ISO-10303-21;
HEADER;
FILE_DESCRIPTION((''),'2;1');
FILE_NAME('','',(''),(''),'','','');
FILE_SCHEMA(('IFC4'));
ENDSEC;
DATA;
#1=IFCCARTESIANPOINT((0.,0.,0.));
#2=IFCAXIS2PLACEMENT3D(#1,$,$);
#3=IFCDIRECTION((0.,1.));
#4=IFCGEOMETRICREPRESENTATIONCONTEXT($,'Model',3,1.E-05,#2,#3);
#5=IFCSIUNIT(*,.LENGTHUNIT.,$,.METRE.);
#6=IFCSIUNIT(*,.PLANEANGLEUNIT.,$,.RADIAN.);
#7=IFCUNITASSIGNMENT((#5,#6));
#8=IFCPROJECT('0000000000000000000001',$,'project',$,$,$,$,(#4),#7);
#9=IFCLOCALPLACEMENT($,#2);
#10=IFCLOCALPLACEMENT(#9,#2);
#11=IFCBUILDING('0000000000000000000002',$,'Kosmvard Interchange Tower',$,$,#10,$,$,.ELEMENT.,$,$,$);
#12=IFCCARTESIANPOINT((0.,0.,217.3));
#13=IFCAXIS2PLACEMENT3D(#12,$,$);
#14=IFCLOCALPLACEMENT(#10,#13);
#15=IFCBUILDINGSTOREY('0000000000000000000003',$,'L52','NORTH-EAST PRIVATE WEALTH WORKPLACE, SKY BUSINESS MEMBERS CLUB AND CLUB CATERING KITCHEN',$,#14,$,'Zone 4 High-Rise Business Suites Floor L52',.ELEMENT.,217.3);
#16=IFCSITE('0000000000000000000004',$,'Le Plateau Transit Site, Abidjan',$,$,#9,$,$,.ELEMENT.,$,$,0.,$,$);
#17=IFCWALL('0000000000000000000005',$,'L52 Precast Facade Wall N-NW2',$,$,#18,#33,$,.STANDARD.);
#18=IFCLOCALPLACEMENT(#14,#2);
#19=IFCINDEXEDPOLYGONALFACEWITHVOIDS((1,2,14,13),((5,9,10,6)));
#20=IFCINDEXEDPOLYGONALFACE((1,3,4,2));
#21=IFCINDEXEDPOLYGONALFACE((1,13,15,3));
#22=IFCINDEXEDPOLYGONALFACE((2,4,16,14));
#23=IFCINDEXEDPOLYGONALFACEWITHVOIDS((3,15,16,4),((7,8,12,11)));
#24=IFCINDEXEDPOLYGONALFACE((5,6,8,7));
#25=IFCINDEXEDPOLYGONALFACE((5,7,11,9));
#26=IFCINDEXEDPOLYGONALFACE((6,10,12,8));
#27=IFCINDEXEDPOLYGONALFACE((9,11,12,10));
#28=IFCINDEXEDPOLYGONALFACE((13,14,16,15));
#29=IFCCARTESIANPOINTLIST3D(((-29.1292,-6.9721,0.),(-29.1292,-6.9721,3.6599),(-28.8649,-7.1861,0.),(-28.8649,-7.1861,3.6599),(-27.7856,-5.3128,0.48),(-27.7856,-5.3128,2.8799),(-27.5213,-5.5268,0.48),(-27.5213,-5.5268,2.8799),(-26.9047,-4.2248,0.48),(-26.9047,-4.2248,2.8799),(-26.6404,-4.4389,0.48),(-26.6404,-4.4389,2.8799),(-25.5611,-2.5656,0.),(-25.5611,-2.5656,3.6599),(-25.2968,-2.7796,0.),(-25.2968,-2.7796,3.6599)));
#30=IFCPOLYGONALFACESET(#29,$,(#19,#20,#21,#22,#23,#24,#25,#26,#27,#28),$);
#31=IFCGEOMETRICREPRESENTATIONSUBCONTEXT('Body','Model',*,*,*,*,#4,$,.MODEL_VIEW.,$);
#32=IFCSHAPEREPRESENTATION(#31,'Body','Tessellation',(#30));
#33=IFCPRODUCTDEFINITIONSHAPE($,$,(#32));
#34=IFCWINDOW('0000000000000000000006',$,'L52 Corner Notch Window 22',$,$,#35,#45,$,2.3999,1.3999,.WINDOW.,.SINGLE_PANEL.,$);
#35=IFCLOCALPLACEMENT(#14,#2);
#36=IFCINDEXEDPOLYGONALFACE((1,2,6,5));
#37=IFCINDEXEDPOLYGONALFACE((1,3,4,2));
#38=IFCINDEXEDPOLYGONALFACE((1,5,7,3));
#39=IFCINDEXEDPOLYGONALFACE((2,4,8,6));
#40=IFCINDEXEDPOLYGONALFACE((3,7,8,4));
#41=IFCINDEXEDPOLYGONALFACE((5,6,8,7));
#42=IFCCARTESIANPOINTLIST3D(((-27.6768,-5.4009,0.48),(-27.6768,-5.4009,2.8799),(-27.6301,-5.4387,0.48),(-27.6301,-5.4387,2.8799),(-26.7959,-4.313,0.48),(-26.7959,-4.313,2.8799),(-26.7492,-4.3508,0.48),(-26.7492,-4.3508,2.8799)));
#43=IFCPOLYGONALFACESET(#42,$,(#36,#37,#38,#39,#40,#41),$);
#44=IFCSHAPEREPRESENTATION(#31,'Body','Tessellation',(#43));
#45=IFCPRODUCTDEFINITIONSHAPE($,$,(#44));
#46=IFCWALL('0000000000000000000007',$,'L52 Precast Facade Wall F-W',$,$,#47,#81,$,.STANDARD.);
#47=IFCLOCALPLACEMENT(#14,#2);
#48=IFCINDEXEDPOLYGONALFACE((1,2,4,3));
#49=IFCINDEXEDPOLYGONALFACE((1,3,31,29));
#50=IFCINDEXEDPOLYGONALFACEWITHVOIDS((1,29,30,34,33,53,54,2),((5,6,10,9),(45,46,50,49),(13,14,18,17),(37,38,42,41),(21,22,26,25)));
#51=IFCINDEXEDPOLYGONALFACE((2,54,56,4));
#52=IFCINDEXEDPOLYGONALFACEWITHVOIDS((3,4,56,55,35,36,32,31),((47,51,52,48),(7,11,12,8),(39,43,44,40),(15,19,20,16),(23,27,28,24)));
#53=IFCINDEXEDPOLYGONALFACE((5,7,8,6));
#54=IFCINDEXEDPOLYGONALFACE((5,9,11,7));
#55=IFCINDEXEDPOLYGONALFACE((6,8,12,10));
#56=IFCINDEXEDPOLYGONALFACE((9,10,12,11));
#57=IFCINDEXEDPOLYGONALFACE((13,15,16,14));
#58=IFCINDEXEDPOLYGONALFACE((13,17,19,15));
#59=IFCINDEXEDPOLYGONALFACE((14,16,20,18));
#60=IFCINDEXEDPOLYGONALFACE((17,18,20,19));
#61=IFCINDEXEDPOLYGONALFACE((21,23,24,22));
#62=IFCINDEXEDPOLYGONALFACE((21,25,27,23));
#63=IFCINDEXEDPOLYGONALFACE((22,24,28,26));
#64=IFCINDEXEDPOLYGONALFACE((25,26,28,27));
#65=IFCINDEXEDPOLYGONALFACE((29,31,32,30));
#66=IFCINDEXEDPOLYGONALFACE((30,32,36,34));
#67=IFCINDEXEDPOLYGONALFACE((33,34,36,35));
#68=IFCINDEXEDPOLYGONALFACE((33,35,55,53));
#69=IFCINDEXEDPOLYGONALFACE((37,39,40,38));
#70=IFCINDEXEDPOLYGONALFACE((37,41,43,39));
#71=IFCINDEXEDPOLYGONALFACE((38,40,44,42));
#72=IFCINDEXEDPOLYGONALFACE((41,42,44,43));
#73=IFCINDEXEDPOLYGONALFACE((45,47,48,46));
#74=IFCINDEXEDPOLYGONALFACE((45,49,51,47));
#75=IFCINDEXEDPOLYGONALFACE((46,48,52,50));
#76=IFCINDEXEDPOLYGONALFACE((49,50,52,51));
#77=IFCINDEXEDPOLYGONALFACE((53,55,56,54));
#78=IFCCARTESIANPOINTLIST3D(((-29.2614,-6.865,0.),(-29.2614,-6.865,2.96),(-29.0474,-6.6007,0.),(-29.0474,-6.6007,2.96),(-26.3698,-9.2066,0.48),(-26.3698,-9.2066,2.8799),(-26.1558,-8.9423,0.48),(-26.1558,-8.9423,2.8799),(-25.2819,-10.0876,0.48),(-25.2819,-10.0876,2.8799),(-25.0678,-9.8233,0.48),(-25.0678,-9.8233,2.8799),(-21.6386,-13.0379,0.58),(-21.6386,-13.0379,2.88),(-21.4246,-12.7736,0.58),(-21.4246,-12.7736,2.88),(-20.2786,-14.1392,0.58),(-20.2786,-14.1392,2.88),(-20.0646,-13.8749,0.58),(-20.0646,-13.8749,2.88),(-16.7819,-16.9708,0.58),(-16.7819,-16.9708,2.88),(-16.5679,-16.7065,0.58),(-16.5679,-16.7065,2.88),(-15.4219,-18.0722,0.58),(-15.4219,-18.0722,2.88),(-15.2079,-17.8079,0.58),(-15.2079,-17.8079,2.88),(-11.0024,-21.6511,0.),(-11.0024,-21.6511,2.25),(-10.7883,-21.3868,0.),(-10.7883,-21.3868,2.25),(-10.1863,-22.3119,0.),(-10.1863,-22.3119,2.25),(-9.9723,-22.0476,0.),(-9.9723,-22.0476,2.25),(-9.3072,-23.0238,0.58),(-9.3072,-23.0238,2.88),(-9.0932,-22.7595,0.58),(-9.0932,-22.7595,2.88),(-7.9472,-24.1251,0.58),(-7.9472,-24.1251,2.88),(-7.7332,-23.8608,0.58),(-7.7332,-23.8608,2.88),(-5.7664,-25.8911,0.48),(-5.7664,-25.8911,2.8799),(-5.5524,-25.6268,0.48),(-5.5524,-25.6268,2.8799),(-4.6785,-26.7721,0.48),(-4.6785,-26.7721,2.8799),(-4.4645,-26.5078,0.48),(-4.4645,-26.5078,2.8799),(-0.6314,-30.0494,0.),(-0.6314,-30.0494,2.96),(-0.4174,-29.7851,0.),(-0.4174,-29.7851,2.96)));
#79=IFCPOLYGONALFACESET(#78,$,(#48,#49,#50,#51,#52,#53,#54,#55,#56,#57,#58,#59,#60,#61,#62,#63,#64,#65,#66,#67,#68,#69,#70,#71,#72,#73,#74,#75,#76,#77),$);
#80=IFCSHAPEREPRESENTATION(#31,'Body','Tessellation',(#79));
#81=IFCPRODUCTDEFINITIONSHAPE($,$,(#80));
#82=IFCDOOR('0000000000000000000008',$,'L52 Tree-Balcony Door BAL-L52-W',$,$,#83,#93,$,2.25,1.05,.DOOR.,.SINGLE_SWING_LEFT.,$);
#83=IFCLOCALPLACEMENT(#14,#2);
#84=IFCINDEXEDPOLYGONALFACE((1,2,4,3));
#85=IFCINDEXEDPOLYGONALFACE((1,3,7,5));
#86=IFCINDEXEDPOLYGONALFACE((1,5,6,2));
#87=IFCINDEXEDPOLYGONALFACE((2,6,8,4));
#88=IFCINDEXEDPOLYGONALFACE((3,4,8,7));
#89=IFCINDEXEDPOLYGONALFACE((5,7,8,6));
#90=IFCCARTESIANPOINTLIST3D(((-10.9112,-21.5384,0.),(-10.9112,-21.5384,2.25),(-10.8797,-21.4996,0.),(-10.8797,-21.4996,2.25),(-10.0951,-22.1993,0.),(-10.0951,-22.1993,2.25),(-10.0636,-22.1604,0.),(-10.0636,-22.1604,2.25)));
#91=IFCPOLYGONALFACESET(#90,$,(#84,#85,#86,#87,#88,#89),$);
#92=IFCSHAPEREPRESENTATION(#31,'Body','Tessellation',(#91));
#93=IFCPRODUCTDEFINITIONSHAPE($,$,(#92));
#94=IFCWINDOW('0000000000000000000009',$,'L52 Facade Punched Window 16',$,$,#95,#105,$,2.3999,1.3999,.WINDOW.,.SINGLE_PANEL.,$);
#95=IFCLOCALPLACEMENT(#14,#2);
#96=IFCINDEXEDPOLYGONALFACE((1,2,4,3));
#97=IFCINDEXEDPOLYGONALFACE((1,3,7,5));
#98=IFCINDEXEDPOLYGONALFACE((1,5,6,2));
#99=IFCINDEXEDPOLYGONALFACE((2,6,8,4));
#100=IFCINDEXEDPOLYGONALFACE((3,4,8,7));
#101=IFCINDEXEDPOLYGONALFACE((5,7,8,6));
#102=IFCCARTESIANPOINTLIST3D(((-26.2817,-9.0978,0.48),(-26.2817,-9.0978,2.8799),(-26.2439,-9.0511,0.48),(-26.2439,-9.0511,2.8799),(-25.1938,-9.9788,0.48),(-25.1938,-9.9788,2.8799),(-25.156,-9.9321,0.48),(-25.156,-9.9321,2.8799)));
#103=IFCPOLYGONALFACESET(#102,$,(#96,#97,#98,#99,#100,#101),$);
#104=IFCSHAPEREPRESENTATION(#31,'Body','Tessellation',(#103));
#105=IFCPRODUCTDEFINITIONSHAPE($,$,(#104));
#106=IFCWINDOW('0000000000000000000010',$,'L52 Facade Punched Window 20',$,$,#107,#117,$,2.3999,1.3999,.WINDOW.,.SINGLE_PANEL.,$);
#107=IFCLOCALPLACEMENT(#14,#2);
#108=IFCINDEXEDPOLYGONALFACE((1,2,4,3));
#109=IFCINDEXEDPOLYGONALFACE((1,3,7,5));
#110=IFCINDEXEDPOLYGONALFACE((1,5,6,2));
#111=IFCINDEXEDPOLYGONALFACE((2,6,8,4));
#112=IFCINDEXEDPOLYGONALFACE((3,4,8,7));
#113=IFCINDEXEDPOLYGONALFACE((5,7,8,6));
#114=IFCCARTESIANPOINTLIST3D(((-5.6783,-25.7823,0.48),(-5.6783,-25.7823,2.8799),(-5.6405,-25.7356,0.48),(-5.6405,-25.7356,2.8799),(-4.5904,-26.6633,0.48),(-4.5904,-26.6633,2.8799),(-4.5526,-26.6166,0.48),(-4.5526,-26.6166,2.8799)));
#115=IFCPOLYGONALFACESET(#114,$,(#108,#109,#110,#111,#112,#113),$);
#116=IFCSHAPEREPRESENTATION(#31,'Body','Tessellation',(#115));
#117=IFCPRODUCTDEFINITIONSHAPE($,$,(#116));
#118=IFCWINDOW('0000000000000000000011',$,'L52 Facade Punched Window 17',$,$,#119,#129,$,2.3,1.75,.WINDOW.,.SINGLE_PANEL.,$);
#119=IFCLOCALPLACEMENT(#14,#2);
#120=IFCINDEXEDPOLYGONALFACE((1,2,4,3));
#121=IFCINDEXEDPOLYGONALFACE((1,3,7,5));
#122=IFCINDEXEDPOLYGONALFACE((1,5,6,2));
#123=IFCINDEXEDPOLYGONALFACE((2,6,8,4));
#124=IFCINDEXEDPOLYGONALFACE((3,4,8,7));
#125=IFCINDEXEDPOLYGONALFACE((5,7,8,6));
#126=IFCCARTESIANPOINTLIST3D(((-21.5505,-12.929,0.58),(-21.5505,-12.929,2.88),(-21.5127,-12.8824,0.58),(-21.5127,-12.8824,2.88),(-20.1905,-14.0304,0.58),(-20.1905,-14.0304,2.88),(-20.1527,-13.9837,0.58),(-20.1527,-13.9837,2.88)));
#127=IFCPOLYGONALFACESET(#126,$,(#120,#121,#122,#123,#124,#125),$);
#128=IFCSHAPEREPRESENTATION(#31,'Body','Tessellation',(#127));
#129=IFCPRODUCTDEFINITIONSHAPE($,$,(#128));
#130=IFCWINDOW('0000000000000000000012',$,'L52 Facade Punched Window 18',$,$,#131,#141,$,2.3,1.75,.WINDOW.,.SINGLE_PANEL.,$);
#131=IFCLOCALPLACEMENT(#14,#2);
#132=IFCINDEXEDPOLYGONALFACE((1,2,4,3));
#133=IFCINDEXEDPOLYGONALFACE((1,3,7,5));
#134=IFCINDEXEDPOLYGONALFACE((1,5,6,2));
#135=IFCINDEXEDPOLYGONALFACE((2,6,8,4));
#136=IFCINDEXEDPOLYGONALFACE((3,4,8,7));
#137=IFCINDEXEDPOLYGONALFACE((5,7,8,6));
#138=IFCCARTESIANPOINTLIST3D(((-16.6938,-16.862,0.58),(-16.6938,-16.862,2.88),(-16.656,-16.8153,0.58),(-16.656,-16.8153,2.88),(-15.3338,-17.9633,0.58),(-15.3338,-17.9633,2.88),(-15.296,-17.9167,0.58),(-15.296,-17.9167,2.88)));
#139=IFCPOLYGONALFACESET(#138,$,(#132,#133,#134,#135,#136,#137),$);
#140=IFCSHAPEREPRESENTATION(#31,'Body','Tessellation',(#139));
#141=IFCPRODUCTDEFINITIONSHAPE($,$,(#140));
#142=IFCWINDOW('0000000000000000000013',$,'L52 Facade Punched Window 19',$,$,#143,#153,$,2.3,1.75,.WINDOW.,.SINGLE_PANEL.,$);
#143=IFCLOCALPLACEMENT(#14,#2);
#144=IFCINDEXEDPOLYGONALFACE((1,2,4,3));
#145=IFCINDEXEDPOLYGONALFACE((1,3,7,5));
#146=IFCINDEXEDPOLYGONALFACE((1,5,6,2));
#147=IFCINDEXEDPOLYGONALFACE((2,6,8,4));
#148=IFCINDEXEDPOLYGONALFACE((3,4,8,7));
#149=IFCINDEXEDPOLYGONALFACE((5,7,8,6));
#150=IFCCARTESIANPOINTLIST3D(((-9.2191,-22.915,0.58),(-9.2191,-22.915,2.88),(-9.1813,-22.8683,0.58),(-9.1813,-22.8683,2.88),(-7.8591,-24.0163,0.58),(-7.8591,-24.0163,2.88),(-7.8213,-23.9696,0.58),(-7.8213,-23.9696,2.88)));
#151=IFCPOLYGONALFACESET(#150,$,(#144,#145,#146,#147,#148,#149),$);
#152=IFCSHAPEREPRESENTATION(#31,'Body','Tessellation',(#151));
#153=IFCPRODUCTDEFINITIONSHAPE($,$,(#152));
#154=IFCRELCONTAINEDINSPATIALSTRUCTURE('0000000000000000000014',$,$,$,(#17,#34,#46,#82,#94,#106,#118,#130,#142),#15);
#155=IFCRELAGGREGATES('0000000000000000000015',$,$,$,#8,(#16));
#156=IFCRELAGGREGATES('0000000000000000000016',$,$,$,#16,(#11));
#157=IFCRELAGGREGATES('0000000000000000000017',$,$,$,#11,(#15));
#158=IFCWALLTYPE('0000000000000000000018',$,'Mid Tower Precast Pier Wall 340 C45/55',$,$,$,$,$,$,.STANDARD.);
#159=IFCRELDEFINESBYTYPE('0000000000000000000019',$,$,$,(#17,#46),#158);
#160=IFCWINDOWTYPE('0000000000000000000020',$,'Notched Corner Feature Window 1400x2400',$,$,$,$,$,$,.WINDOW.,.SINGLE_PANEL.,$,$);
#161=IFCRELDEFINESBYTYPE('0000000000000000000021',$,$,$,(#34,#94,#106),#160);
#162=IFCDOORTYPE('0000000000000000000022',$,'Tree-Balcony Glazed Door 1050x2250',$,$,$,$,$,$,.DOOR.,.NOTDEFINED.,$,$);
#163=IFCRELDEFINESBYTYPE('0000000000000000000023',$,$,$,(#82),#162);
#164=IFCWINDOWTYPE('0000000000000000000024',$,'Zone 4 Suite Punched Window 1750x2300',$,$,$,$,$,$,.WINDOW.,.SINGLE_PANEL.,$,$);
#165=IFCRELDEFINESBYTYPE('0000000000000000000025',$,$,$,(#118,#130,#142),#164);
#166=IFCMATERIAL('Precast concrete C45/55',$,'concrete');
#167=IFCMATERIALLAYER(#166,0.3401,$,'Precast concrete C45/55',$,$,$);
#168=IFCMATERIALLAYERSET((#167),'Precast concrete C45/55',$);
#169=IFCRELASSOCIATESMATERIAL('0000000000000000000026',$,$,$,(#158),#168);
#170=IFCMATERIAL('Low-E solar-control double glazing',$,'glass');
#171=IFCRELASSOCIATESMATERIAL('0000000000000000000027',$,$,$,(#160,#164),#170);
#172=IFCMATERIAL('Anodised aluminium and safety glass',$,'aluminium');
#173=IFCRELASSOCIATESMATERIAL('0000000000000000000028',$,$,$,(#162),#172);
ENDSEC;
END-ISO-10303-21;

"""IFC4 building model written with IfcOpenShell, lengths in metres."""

from ifc_helpers import new_model, si_unit, direction, frame, frame_2d, origin, place, context, subcontext, project, spatial, rectangle, extrude, source, transform, mapped, material, layer, layer_set, type_object, element, fill, save


model = new_model("IFC4")

# Units and contexts
model_context = context("Model", 3, precision=1e-05, world=origin(), true_north=direction((0.0, 1.0)))
body_context = subcontext(model_context, "Body", "Model", "MODEL_VIEW")
ifc_project = project(units=[si_unit("LENGTHUNIT", "METRE"), si_unit("PLANEANGLEUNIT", "RADIAN")], contexts=[model_context])

# Site, building, storey
site_placement = place(None, origin())
site = spatial("IfcSite", under=ifc_project, at=site_placement, Name="Le Plateau Transit Site, Abidjan", CompositionType="ELEMENT", RefElevation=0.0)
building_placement = place(site_placement, origin())
building = spatial("IfcBuilding", under=site, at=building_placement, Name="Kosmvard Interchange Tower", CompositionType="ELEMENT")
storey_placement = place(building_placement, frame((0.0, 0.0, 217.3)))
storey = spatial("IfcBuildingStorey", under=building, at=storey_placement, Name="L52", Description="NORTH-EAST PRIVATE WEALTH WORKPLACE, SKY BUSINESS MEMBERS CLUB AND CLUB CATERING KITCHEN", LongName="Zone 4 High-Rise Business Suites Floor L52", CompositionType="ELEMENT", Elevation=217.3)

# Wall, opening, window
ifc_material_1 = material(Name="Precast concrete C45/55", Category="concrete")
ifc_layer_1 = layer(ifc_material_1, 0.3401, Name="Precast concrete C45/55")
ifc_layer_set_1 = layer_set([ifc_layer_1], Name="Precast concrete C45/55")
wall_type_1 = type_object("IfcWallType", Name="Mid Tower Precast Pier Wall 340 C45/55", PredefinedType="STANDARD", material=ifc_layer_set_1)
wall_1_placement = place(storey_placement, frame((-25.429, -2.6726, 0.0), z_axis=(0.0, 0.0, 1.0), x_axis=(-0.6293, -0.777163, 0.0)))
wall_1 = element("IfcWall", 1, at=wall_1_placement, inside=storey, type_object=wall_type_1, Name="L52 Precast Facade Wall N-NW2", PredefinedType="STANDARD", context=body_context, shape_type="SweptSolid", body=[
    extrude(rectangle(XDim=5.6699, YDim=0.3401, at=frame_2d((2.835, 0.0))), origin(), (0.0, 0.0, 1.0), 3.6599),
])
opening_1_placement = place(wall_1_placement, frame((2.135, 0.0, 0.48)))
opening_1 = element("IfcOpeningElement", 2, at=opening_1_placement, cuts=wall_1, PredefinedType="OPENING", context=body_context, shape_type="SweptSolid", body=[
    extrude(rectangle(XDim=1.3999, YDim=2.3999, at=frame_2d((0.7, 1.2))), frame((0.0, 0.1802, 0.0), z_axis=(0.0, -1.0, 0.0), x_axis=(1.0, 0.0, 0.0)), (0.0, 0.0, 1.0), 0.3601),
])
ifc_material_2 = material(Name="Low-E solar-control double glazing", Category="glass")
window_type_1 = type_object("IfcWindowType", Name="Notched Corner Feature Window 1400x2400", PartitioningType="SINGLE_PANEL", PredefinedType="WINDOW", material=ifc_material_2)
shared_shape_1 = source(origin(), body_context, "Body", "SweptSolid", [
    extrude(rectangle(XDim=1.3999, YDim=2.3999, at=frame_2d((0.7, 1.2))), frame((0.0, 0.03, 0.0), z_axis=(0.0, -1.0, 0.0), x_axis=(1.0, 0.0, 0.0)), (0.0, 0.0, 1.0), 0.0601),
])
window_1_placement = place(opening_1_placement, origin())
window_1 = element("IfcWindow", 3, at=window_1_placement, inside=storey, type_object=window_type_1, Name="L52 Corner Notch Window 22", OverallHeight=2.3999, OverallWidth=1.3999, PartitioningType="SINGLE_PANEL", PredefinedType="WINDOW", context=body_context, shape_type="MappedRepresentation", body=[
    mapped(shared_shape_1, transform((0.0, 0.0, 0.0), scale=1.0)),
])
fill(opening_1, window_1)

# Wall, openings, door, windows
wall_2_placement = place(storey_placement, frame((-29.1543, -6.7329, 0.0), z_axis=(0.0, 0.0, 1.0), x_axis=(0.777142, -0.629325, 0.0)))
wall_2 = element("IfcWall", 4, at=wall_2_placement, inside=storey, type_object=wall_type_1, Name="L52 Precast Facade Wall F-W", PredefinedType="STANDARD", context=body_context, shape_type="SweptSolid", body=[
    extrude(rectangle(XDim=36.8401, YDim=0.3401, at=frame_2d((18.4199, 0.0))), origin(), (0.0, 0.0, 1.0), 2.96),
])
opening_2_placement = place(wall_2_placement, frame((23.4951, 0.0, 0.0)))
opening_2 = element("IfcOpeningElement", 5, at=opening_2_placement, cuts=wall_2, PredefinedType="OPENING", context=body_context, shape_type="SweptSolid", body=[
    extrude(rectangle(XDim=1.05, YDim=2.25, at=frame_2d((0.5249, 1.125))), frame((0.0, 0.1802, 0.0), z_axis=(0.0, -1.0, 0.0), x_axis=(1.0, 0.0, 0.0)), (0.0, 0.0, 1.0), 0.3601),
])
opening_3_placement = place(wall_2_placement, frame((3.7207, 0.0, 0.48)))
opening_3 = element("IfcOpeningElement", 6, at=opening_3_placement, cuts=wall_2, PredefinedType="OPENING", context=body_context, shape_type="SweptSolid", body=[
    extrude(rectangle(XDim=1.3999, YDim=2.3999, at=frame_2d((0.7, 1.2))), frame((0.0, 0.1802, 0.0), z_axis=(0.0, -1.0, 0.0), x_axis=(1.0, 0.0, 0.0)), (0.0, 0.0, 1.0), 0.3601),
])
opening_4_placement = place(wall_2_placement, frame((9.8086, 0.0, 0.5801)))
opening_4 = element("IfcOpeningElement", 7, at=opening_4_placement, cuts=wall_2, PredefinedType="OPENING", context=body_context, shape_type="SweptSolid", body=[
    extrude(rectangle(XDim=1.75, YDim=2.3, at=frame_2d((0.875, 1.1499))), frame((0.0, 0.1802, 0.0), z_axis=(0.0, -1.0, 0.0), x_axis=(1.0, 0.0, 0.0)), (0.0, 0.0, 1.0), 0.3601),
])
opening_5_placement = place(wall_2_placement, frame((16.0581, 0.0, 0.5801)))
opening_5 = element("IfcOpeningElement", 8, at=opening_5_placement, cuts=wall_2, PredefinedType="OPENING", context=body_context, shape_type="SweptSolid", body=[
    extrude(rectangle(XDim=1.75, YDim=2.3, at=frame_2d((0.875, 1.1499))), frame((0.0, 0.1802, 0.0), z_axis=(0.0, -1.0, 0.0), x_axis=(1.0, 0.0, 0.0)), (0.0, 0.0, 1.0), 0.3601),
])
opening_6_placement = place(wall_2_placement, frame((25.6763, 0.0, 0.5801)))
opening_6 = element("IfcOpeningElement", 9, at=opening_6_placement, cuts=wall_2, PredefinedType="OPENING", context=body_context, shape_type="SweptSolid", body=[
    extrude(rectangle(XDim=1.75, YDim=2.3, at=frame_2d((0.875, 1.1499))), frame((0.0, 0.1802, 0.0), z_axis=(0.0, -1.0, 0.0), x_axis=(1.0, 0.0, 0.0)), (0.0, 0.0, 1.0), 0.3601),
])
opening_7_placement = place(wall_2_placement, frame((30.2324, 0.0, 0.48)))
opening_7 = element("IfcOpeningElement", 10, at=opening_7_placement, cuts=wall_2, PredefinedType="OPENING", context=body_context, shape_type="SweptSolid", body=[
    extrude(rectangle(XDim=1.3999, YDim=2.3999, at=frame_2d((0.7, 1.2))), frame((0.0, 0.1802, 0.0), z_axis=(0.0, -1.0, 0.0), x_axis=(1.0, 0.0, 0.0)), (0.0, 0.0, 1.0), 0.3601),
])
ifc_material_3 = material(Name="Anodised aluminium and safety glass", Category="aluminium")
door_type = type_object("IfcDoorType", Name="Tree-Balcony Glazed Door 1050x2250", OperationType="NOTDEFINED", PredefinedType="DOOR", material=ifc_material_3)
shared_shape_2 = source(origin(), body_context, "Body", "SweptSolid", [
    extrude(rectangle(XDim=1.05, YDim=2.25, at=frame_2d((0.5249, 1.125))), frame((0.0, 0.0249, 0.0), z_axis=(0.0, -1.0, 0.0), x_axis=(1.0, 0.0, 0.0)), (0.0, 0.0, 1.0), 0.05),
])
door_placement = place(opening_2_placement, origin())
door = element("IfcDoor", 11, at=door_placement, inside=storey, type_object=door_type, Name="L52 Tree-Balcony Door BAL-L52-W", OperationType="SINGLE_SWING_LEFT", OverallHeight=2.25, OverallWidth=1.05, PredefinedType="DOOR", context=body_context, shape_type="MappedRepresentation", body=[
    mapped(shared_shape_2, transform((0.0, 0.0, 0.0), scale=1.0)),
])
fill(opening_2, door)
window_2_placement = place(opening_3_placement, origin())
window_2 = element("IfcWindow", 12, at=window_2_placement, inside=storey, type_object=window_type_1, Name="L52 Facade Punched Window 16", OverallHeight=2.3999, OverallWidth=1.3999, PartitioningType="SINGLE_PANEL", PredefinedType="WINDOW", context=body_context, shape_type="MappedRepresentation", body=[
    mapped(shared_shape_1, transform((0.0, 0.0, 0.0), scale=1.0)),
])
fill(opening_3, window_2)
window_3_placement = place(opening_7_placement, origin())
window_3 = element("IfcWindow", 13, at=window_3_placement, inside=storey, type_object=window_type_1, Name="L52 Facade Punched Window 20", OverallHeight=2.3999, OverallWidth=1.3999, PartitioningType="SINGLE_PANEL", PredefinedType="WINDOW", context=body_context, shape_type="MappedRepresentation", body=[
    mapped(shared_shape_1, transform((0.0, 0.0, 0.0), scale=1.0)),
])
fill(opening_7, window_3)
window_type_2 = type_object("IfcWindowType", Name="Zone 4 Suite Punched Window 1750x2300", PartitioningType="SINGLE_PANEL", PredefinedType="WINDOW", material=ifc_material_2)
shared_shape_3 = source(origin(), body_context, "Body", "SweptSolid", [
    extrude(rectangle(XDim=1.75, YDim=2.3, at=frame_2d((0.875, 1.1499))), frame((0.0, 0.03, 0.0), z_axis=(0.0, -1.0, 0.0), x_axis=(1.0, 0.0, 0.0)), (0.0, 0.0, 1.0), 0.0601),
])
window_4_placement = place(opening_4_placement, origin())
window_4 = element("IfcWindow", 14, at=window_4_placement, inside=storey, type_object=window_type_2, Name="L52 Facade Punched Window 17", OverallHeight=2.3, OverallWidth=1.75, PartitioningType="SINGLE_PANEL", PredefinedType="WINDOW", context=body_context, shape_type="MappedRepresentation", body=[
    mapped(shared_shape_3, transform((0.0, 0.0, 0.0), scale=1.0)),
])
fill(opening_4, window_4)
window_5_placement = place(opening_5_placement, origin())
window_5 = element("IfcWindow", 15, at=window_5_placement, inside=storey, type_object=window_type_2, Name="L52 Facade Punched Window 18", OverallHeight=2.3, OverallWidth=1.75, PartitioningType="SINGLE_PANEL", PredefinedType="WINDOW", context=body_context, shape_type="MappedRepresentation", body=[
    mapped(shared_shape_3, transform((0.0, 0.0, 0.0), scale=1.0)),
])
fill(opening_5, window_5)
window_6_placement = place(opening_6_placement, origin())
window_6 = element("IfcWindow", 16, at=window_6_placement, inside=storey, type_object=window_type_2, Name="L52 Facade Punched Window 19", OverallHeight=2.3, OverallWidth=1.75, PartitioningType="SINGLE_PANEL", PredefinedType="WINDOW", context=body_context, shape_type="MappedRepresentation", body=[
    mapped(shared_shape_3, transform((0.0, 0.0, 0.0), scale=1.0)),
])
fill(opening_6, window_6)

save(model, "model.ifc")
